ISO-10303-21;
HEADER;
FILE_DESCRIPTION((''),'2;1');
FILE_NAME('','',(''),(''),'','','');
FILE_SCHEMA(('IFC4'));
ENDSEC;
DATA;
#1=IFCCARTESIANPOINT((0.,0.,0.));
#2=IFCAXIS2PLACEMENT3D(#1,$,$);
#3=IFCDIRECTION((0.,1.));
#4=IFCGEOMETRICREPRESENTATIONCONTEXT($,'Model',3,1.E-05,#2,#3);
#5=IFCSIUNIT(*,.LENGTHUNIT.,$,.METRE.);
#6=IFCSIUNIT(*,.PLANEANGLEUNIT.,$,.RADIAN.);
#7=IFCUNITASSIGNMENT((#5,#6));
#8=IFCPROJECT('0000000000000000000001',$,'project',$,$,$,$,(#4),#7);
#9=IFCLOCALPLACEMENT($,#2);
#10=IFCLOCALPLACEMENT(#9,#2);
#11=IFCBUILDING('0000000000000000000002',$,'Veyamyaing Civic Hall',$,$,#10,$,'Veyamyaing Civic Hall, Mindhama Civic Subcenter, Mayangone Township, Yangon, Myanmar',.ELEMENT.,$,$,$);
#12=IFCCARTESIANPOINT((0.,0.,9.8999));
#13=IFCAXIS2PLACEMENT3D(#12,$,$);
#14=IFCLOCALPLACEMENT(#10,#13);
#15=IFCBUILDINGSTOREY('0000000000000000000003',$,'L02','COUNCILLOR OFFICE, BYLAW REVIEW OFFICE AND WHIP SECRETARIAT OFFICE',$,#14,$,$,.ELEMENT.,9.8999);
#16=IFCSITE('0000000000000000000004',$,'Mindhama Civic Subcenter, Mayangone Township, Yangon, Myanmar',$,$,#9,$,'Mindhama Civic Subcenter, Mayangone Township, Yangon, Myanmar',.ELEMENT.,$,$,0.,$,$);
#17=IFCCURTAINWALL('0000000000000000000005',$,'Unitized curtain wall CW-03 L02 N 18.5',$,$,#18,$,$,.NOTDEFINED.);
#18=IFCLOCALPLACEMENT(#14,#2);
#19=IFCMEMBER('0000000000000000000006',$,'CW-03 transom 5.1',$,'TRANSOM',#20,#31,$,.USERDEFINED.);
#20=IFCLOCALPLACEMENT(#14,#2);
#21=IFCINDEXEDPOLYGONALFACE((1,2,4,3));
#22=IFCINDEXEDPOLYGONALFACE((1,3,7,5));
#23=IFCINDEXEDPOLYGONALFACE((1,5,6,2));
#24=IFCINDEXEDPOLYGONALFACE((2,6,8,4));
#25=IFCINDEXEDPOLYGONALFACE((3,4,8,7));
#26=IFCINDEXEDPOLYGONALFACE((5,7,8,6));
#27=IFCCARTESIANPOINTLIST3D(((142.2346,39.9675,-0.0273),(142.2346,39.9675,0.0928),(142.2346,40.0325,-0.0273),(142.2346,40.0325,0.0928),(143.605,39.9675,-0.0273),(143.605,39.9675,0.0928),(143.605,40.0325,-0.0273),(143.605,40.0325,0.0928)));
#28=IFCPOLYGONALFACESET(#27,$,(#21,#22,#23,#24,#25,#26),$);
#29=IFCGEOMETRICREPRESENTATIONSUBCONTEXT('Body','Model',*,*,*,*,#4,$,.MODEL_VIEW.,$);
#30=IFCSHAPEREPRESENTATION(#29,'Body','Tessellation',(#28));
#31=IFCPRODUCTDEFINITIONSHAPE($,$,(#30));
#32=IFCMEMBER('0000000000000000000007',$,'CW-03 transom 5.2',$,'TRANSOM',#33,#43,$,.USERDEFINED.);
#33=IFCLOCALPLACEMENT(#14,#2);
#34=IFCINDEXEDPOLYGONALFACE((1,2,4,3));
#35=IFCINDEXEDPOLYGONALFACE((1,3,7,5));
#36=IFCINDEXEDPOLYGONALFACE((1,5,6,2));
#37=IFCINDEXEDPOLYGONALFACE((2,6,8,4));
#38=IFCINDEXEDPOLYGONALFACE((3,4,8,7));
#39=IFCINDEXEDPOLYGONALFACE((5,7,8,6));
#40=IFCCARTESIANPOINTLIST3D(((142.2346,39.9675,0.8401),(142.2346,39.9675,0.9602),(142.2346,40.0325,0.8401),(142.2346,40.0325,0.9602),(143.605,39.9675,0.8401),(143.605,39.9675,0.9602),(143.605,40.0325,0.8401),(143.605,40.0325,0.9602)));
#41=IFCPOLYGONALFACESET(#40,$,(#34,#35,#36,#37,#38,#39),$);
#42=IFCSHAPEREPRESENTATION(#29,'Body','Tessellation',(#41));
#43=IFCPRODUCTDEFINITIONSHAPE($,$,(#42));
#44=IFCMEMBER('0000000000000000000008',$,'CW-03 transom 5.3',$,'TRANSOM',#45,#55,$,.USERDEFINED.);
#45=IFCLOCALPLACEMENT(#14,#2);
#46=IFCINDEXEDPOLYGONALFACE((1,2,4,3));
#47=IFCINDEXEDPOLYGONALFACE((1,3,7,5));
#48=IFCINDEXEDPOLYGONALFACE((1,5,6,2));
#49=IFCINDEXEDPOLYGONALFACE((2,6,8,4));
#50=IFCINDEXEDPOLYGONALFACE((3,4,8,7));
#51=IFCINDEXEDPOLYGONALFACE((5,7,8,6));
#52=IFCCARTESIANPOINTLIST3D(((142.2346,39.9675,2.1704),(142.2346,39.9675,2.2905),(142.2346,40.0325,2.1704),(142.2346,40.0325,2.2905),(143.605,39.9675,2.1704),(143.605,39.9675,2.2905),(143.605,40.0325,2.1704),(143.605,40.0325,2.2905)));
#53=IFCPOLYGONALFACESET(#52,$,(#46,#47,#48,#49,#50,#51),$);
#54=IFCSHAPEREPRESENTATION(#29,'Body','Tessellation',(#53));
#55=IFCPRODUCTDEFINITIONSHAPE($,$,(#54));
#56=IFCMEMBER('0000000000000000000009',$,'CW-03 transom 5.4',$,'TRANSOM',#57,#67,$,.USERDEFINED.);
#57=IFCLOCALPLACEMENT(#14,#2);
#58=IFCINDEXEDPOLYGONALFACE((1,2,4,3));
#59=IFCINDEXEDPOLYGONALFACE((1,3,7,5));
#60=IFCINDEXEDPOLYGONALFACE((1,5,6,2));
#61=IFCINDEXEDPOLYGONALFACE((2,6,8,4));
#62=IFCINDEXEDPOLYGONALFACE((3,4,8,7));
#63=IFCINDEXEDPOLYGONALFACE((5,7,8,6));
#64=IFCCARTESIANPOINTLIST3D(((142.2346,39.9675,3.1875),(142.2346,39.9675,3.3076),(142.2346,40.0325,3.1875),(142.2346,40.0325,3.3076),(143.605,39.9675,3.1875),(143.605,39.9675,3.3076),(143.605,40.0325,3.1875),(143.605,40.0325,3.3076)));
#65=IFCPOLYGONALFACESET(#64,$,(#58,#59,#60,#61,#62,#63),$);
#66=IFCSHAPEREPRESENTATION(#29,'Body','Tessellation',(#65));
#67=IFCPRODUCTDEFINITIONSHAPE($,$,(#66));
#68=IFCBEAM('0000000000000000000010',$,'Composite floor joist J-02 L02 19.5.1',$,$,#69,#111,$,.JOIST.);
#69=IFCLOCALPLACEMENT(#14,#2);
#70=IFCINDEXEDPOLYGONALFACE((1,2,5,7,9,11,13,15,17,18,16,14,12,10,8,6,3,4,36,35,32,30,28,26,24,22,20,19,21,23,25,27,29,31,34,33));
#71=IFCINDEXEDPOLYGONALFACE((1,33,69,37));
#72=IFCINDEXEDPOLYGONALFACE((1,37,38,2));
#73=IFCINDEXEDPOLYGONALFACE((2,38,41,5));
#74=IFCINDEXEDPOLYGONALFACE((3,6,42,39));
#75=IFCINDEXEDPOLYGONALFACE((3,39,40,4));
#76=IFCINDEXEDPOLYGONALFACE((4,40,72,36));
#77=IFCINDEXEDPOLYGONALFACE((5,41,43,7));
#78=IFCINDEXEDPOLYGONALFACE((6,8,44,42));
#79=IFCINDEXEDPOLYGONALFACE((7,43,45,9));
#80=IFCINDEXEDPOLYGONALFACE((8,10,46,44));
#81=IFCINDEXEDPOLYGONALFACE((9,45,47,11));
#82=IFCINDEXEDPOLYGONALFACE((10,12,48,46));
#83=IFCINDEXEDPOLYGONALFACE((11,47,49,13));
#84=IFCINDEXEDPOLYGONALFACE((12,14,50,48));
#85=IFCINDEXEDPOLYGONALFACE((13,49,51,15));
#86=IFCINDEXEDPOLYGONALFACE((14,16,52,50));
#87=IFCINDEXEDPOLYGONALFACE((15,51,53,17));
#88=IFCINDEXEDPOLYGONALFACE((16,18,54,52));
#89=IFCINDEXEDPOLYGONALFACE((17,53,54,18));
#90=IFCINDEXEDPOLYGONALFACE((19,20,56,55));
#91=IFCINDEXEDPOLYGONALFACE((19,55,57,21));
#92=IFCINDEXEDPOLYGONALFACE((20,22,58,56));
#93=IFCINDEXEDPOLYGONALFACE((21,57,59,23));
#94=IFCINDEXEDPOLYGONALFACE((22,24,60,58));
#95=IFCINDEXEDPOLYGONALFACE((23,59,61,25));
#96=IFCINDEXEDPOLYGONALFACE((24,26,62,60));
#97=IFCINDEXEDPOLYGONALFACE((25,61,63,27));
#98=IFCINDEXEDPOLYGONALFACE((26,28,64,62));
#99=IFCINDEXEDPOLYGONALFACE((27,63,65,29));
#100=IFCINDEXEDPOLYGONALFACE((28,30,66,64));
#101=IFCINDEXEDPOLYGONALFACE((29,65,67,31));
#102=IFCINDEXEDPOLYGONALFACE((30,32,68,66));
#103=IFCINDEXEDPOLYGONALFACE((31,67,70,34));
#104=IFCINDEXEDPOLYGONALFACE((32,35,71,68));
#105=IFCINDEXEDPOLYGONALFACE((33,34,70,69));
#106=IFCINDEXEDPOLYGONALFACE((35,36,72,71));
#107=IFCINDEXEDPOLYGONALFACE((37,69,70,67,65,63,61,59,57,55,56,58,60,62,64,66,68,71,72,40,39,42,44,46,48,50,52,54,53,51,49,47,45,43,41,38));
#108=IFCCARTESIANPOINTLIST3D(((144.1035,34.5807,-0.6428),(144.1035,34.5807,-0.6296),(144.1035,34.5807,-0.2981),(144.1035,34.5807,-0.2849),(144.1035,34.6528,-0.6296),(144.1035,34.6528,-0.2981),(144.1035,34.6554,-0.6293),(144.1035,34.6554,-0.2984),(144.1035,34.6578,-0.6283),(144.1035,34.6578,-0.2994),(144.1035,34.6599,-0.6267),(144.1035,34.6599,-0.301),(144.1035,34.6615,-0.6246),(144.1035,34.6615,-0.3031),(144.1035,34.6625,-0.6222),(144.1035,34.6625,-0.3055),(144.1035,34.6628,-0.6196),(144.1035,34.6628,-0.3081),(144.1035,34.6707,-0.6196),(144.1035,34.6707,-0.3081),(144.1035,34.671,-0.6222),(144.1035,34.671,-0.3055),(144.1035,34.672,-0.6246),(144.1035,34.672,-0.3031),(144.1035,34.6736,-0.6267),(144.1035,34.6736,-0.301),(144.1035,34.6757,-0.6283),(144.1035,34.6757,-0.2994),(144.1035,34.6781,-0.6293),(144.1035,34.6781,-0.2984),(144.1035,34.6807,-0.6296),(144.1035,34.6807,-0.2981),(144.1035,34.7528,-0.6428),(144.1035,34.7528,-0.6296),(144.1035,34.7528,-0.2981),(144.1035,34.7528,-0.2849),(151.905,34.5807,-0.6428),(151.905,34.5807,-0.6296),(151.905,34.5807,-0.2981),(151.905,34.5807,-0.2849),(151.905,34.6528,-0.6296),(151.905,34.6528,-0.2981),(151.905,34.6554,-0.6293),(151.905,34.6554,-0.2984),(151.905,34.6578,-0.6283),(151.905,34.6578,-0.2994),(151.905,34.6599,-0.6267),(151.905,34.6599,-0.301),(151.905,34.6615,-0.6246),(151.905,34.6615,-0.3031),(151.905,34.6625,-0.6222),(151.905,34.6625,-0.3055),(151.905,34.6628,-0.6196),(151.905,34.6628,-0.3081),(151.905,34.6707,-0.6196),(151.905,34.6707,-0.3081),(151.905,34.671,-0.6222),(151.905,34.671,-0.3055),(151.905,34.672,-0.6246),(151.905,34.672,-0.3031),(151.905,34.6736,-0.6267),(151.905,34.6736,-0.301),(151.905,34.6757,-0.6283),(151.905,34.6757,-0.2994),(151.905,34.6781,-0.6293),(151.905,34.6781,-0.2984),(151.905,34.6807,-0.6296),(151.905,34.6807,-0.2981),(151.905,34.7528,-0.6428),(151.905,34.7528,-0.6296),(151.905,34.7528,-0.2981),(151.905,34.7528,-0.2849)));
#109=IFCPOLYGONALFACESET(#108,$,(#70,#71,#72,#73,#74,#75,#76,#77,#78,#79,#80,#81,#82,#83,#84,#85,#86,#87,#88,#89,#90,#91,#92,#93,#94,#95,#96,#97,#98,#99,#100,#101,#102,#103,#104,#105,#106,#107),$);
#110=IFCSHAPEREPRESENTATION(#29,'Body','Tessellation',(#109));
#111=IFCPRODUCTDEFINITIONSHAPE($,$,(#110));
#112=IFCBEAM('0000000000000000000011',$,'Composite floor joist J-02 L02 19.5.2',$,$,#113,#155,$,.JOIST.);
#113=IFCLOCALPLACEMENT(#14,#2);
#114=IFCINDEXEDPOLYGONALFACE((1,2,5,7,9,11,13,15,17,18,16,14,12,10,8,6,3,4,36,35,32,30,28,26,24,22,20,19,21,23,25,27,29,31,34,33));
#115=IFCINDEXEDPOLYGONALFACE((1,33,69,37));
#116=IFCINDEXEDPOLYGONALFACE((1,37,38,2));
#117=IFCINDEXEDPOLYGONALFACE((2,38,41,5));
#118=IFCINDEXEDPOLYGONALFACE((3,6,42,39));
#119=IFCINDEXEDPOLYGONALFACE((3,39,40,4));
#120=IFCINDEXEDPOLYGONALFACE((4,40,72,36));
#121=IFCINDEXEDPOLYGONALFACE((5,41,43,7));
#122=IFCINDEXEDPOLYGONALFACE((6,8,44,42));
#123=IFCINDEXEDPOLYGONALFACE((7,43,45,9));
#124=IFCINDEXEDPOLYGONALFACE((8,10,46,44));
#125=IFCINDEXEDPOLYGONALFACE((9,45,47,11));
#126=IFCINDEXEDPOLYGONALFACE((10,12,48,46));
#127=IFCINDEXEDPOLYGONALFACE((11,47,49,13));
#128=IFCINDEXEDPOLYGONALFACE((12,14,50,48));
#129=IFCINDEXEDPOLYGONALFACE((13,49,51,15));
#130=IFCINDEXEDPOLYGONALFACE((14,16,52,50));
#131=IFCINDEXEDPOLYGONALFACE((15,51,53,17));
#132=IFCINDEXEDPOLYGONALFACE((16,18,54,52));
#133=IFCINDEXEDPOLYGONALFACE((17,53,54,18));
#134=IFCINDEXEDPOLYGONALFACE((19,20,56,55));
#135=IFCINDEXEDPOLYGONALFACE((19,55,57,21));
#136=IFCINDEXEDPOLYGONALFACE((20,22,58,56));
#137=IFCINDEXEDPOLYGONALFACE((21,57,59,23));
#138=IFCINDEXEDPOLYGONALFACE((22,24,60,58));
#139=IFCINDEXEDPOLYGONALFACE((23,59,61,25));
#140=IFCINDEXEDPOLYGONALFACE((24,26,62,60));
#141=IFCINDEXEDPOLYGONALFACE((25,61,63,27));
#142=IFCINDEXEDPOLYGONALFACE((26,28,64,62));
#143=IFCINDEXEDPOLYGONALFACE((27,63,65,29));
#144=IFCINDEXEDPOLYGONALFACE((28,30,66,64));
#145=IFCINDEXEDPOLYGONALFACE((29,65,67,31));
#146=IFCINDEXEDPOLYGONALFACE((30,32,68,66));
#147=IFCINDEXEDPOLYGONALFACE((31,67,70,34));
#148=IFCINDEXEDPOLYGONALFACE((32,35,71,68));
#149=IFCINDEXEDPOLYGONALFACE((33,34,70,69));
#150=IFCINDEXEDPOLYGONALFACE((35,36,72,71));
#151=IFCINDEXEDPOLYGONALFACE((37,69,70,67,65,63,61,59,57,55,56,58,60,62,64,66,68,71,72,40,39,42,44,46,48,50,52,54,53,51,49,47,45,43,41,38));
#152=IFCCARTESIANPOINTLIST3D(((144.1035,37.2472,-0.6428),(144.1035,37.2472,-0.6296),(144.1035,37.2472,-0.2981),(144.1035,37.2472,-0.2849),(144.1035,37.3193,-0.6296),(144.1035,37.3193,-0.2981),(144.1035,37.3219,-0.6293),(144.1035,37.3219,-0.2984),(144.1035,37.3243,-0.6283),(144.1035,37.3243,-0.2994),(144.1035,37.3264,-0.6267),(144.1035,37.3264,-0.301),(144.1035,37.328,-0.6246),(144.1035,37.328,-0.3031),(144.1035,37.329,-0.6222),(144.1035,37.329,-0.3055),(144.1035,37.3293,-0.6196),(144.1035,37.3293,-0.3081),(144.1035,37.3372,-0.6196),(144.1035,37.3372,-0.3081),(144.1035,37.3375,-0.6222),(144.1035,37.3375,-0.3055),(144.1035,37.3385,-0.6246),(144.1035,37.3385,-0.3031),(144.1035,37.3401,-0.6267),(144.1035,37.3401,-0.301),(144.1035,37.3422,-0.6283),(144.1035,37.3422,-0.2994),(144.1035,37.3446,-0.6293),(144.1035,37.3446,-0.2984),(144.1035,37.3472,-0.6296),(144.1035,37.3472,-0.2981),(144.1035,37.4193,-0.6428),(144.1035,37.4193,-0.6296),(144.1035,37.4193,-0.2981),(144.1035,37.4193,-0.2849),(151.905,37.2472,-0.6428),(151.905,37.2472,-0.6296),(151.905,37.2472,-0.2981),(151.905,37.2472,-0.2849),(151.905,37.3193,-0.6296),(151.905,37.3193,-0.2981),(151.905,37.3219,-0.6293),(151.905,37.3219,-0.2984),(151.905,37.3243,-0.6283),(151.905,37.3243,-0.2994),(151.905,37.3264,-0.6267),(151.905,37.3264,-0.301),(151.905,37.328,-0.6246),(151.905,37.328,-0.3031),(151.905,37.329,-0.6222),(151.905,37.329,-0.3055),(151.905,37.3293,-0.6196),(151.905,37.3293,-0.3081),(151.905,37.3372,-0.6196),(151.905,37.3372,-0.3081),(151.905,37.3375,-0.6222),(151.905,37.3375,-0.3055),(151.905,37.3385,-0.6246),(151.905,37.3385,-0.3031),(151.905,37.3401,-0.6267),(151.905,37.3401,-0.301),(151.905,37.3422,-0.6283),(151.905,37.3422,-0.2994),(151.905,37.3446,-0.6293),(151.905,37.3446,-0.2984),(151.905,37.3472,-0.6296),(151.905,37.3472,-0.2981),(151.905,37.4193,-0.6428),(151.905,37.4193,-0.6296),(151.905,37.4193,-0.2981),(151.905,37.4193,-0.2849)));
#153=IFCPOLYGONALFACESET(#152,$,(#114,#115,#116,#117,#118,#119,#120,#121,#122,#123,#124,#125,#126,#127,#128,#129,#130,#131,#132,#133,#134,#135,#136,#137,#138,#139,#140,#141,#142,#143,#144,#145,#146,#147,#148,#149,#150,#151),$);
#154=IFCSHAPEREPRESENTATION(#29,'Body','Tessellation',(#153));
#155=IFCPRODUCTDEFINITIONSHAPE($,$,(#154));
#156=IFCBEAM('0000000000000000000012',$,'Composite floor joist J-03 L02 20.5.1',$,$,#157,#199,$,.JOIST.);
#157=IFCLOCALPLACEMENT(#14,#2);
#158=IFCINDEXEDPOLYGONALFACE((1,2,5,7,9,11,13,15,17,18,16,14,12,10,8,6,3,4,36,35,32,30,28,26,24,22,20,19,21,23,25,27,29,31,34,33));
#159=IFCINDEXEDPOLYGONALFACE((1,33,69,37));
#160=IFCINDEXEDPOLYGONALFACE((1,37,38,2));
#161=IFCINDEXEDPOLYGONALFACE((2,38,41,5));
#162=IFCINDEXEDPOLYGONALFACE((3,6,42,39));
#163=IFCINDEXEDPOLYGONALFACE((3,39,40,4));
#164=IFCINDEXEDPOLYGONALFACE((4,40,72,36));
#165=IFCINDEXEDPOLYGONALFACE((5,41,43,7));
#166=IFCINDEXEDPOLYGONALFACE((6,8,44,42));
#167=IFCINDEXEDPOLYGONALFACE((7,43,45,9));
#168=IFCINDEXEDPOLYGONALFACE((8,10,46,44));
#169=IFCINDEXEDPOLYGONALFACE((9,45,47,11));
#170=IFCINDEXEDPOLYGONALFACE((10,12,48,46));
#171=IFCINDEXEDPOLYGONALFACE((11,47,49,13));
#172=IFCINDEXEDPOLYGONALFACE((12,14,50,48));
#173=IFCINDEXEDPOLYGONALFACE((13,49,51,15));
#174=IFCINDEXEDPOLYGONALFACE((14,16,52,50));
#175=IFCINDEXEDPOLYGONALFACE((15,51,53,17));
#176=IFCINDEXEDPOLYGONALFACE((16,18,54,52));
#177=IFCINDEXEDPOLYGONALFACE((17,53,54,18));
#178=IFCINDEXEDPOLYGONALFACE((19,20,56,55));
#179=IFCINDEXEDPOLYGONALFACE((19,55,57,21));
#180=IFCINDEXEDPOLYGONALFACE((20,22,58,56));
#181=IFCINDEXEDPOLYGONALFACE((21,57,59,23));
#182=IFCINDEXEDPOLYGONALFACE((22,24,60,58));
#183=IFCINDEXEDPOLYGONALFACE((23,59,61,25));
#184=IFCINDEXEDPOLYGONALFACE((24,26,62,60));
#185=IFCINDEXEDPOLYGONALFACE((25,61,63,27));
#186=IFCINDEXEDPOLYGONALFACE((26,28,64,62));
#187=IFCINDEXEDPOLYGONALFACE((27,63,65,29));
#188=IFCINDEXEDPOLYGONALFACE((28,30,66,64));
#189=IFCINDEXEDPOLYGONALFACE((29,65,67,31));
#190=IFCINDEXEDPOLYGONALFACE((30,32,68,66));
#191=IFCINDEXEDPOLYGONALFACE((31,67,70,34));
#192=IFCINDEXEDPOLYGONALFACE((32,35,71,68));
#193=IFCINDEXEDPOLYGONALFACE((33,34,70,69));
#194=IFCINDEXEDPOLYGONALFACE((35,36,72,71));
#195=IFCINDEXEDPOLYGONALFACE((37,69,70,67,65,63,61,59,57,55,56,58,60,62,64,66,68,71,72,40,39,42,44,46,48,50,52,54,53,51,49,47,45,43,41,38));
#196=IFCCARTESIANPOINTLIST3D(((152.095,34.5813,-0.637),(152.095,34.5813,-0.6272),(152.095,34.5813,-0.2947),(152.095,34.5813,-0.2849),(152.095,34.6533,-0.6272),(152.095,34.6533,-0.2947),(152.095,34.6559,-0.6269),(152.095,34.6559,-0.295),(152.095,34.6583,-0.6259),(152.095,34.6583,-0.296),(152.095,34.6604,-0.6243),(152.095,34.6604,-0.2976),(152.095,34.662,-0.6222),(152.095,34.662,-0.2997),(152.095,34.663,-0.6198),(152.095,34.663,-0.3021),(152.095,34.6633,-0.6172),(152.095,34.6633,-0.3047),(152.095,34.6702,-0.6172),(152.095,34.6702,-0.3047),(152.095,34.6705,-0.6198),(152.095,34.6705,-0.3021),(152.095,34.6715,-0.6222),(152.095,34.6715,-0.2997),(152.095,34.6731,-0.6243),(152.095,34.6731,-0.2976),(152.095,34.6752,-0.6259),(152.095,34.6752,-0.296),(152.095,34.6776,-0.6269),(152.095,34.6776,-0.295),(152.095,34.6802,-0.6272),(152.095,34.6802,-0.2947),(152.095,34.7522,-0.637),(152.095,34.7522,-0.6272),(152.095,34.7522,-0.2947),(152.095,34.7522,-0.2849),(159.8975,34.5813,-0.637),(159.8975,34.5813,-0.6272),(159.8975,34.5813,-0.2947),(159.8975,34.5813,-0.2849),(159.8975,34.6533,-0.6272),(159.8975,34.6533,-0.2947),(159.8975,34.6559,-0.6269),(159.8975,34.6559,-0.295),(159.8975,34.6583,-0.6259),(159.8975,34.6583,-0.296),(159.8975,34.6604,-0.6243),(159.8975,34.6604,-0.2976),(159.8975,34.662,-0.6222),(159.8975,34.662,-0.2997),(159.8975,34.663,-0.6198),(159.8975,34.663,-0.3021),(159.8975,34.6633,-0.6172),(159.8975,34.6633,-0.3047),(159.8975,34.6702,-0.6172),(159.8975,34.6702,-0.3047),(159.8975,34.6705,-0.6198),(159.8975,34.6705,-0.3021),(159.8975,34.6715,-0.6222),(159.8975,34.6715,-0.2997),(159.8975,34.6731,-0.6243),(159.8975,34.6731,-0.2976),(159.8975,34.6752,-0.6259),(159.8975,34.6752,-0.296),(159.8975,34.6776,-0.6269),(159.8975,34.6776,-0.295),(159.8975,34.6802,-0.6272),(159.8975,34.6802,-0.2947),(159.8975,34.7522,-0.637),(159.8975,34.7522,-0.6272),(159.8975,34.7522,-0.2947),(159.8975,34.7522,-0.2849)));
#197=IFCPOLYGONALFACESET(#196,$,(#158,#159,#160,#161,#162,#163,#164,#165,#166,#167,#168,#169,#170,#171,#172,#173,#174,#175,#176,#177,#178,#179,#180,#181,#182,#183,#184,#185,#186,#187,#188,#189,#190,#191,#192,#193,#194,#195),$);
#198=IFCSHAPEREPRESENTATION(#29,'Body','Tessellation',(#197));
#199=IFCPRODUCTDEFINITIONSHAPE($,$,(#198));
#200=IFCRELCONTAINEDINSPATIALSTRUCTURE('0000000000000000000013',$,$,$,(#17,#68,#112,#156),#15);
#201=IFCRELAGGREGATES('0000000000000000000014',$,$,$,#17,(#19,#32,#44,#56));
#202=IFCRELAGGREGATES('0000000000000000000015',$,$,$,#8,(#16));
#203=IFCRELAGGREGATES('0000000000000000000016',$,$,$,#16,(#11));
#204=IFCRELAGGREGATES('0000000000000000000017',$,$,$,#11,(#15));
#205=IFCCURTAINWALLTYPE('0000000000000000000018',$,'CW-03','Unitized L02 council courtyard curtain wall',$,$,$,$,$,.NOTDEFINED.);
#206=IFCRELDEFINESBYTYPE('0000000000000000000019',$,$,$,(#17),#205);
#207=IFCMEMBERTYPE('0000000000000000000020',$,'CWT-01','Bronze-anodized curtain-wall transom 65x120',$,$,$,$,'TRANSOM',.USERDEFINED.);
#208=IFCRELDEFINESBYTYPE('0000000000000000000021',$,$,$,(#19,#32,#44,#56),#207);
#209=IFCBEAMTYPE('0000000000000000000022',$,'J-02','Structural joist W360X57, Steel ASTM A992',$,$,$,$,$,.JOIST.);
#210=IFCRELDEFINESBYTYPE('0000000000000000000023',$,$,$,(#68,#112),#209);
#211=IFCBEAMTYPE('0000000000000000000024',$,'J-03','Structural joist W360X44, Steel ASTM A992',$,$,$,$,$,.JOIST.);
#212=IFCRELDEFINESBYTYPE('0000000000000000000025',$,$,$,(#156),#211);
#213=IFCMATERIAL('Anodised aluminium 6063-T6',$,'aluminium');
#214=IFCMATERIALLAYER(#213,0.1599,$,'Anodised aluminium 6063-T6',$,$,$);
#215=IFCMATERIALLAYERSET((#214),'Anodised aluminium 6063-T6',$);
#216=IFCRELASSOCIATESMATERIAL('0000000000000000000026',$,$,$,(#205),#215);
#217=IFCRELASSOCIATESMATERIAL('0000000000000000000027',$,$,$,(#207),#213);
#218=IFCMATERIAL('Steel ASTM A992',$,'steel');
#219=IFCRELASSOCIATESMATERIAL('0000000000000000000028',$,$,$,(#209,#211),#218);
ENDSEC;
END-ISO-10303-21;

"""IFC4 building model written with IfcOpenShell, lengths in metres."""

from ifc_helpers import new_model, si_unit, direction, frame, origin, origin_2d, place, context, subcontext, project, spatial, rectangle, i_section, extrude, material, layer, layer_set, material_profile, profile_set, type_object, element, aggregate, save


model = new_model("IFC4")

# Units and contexts
model_context = context("Model", 3, precision=1e-05, world=origin(), true_north=direction((0.0, 1.0)))
body_context = subcontext(model_context, "Body", "Model", "MODEL_VIEW")
ifc_project = project(units=[si_unit("LENGTHUNIT", "METRE"), si_unit("PLANEANGLEUNIT", "RADIAN")], contexts=[model_context])

# Site, building, storey
site_placement = place(None, origin())
site = spatial("IfcSite", under=ifc_project, at=site_placement, Name="Mindhama Civic Subcenter, Mayangone Township, Yangon, Myanmar", LongName="Mindhama Civic Subcenter, Mayangone Township, Yangon, Myanmar", CompositionType="ELEMENT", RefElevation=0.0)
building_placement = place(site_placement, origin())
building = spatial("IfcBuilding", under=site, at=building_placement, Name="Veyamyaing Civic Hall", LongName="Veyamyaing Civic Hall, Mindhama Civic Subcenter, Mayangone Township, Yangon, Myanmar", CompositionType="ELEMENT")
storey_placement = place(building_placement, frame((0.0, 0.0, 9.8999)))
storey = spatial("IfcBuildingStorey", under=building, at=storey_placement, Name="L02", Description="COUNCILLOR OFFICE, BYLAW REVIEW OFFICE AND WHIP SECRETARIAT OFFICE", CompositionType="ELEMENT", Elevation=9.8999)

# Shared definitions
ifc_material_1 = material(Name="Steel ASTM A992", Category="steel")

# Curtain wall, members
ifc_material_2 = material(Name="Anodised aluminium 6063-T6", Category="aluminium")
ifc_layer_1 = layer(ifc_material_2, 0.1599, Name="Anodised aluminium 6063-T6")
ifc_layer_set_1 = layer_set([ifc_layer_1], Name="Anodised aluminium 6063-T6")
curtain_wall_type = type_object("IfcCurtainWallType", Name="CW-03", Description="Unitized L02 council courtyard curtain wall", PredefinedType="NOTDEFINED", material=ifc_layer_set_1)
curtain_wall_placement = place(storey_placement, origin())
curtain_wall = element("IfcCurtainWall", 1, at=curtain_wall_placement, inside=storey, type_object=curtain_wall_type, Name="Unitized curtain wall CW-03 L02 N 18.5", PredefinedType="NOTDEFINED")
ifc_material_profile_1 = material_profile(ifc_material_2, rectangle(XDim=0.0649, YDim=0.1201, at=origin_2d()), Name="ALU-TRN-65X120")
ifc_profile_set_1 = profile_set([ifc_material_profile_1], Name="Anodised aluminium 6063-T6")
member_type_1 = type_object("IfcMemberType", Name="CWT-01", Description="Bronze-anodized curtain-wall transom 65x120", ElementType="TRANSOM", PredefinedType="USERDEFINED", material=ifc_profile_set_1)
member_1_placement = place(storey_placement, frame((142.2346, 40.0, 0.0327), z_axis=(1.0, 0.0, 0.0), x_axis=(0.0, 1.0, 0.0)))
member_1 = element("IfcMember", 2, at=member_1_placement, type_object=member_type_1, Name="CW-03 transom 5.1", ObjectType="TRANSOM", PredefinedType="USERDEFINED", context=body_context, shape_type="SweptSolid", body=[
    extrude(rectangle(XDim=0.0649, YDim=0.1201, at=origin_2d()), origin(), (0.0, 0.0, 1.0), 1.3704),
])
member_2_placement = place(storey_placement, frame((142.2346, 40.0, 0.9001), z_axis=(1.0, 0.0, 0.0), x_axis=(0.0, 1.0, 0.0)))
member_2 = element("IfcMember", 3, at=member_2_placement, type_object=member_type_1, Name="CW-03 transom 5.2", ObjectType="TRANSOM", PredefinedType="USERDEFINED", context=body_context, shape_type="SweptSolid", body=[
    extrude(rectangle(XDim=0.0649, YDim=0.1201, at=origin_2d()), origin(), (0.0, 0.0, 1.0), 1.3704),
])
member_3_placement = place(storey_placement, frame((142.2346, 40.0, 2.2305), z_axis=(1.0, 0.0, 0.0), x_axis=(0.0, 1.0, 0.0)))
member_3 = element("IfcMember", 4, at=member_3_placement, type_object=member_type_1, Name="CW-03 transom 5.3", ObjectType="TRANSOM", PredefinedType="USERDEFINED", context=body_context, shape_type="SweptSolid", body=[
    extrude(rectangle(XDim=0.0649, YDim=0.1201, at=origin_2d()), origin(), (0.0, 0.0, 1.0), 1.3704),
])
member_4_placement = place(storey_placement, frame((142.2346, 40.0, 3.2476), z_axis=(1.0, 0.0, 0.0), x_axis=(0.0, 1.0, 0.0)))
member_4 = element("IfcMember", 5, at=member_4_placement, type_object=member_type_1, Name="CW-03 transom 5.4", ObjectType="TRANSOM", PredefinedType="USERDEFINED", context=body_context, shape_type="SweptSolid", body=[
    extrude(rectangle(XDim=0.0649, YDim=0.1201, at=origin_2d()), origin(), (0.0, 0.0, 1.0), 1.3704),
])

# Beams
ifc_material_profile_2 = material_profile(ifc_material_1, i_section(OverallWidth=0.1721, OverallDepth=0.3579, WebThickness=0.0078, FlangeThickness=0.0132, FilletRadius=0.01, at=origin_2d()), Name="W360X57")
ifc_profile_set_2 = profile_set([ifc_material_profile_2], Name="Steel ASTM A992")
beam_type_1 = type_object("IfcBeamType", Name="J-02", Description="Structural joist W360X57, Steel ASTM A992", PredefinedType="JOIST", material=ifc_profile_set_2)
for number, where, z_axis, x_axis, name in (
    (6, (144.1035, 34.6667, -0.4639), (1.0, 0.0, 0.0), (0.0, 1.0, 0.0), "Composite floor joist J-02 L02 19.5.1"),
    (7, (144.1035, 37.3333, -0.4639), (1.0, 0.0, 0.0), (0.0, 1.0, 0.0), "Composite floor joist J-02 L02 19.5.2"),
):
    element("IfcBeam", number, at=place(storey_placement, frame(where, z_axis=z_axis, x_axis=x_axis)), inside=storey, type_object=beam_type_1, Name=name, PredefinedType="JOIST", context=body_context, shape_type="SweptSolid", body=[
        extrude(i_section(OverallWidth=0.1721, OverallDepth=0.3579, WebThickness=0.0078, FlangeThickness=0.0132, FilletRadius=0.01, at=origin_2d()), origin(), (0.0, 0.0, 1.0), 7.8015),
    ])
ifc_material_profile_3 = material_profile(ifc_material_1, i_section(OverallWidth=0.1709, OverallDepth=0.3521, WebThickness=0.0068, FlangeThickness=0.0098, FilletRadius=0.01, at=origin_2d()), Name="W360X44")
ifc_profile_set_3 = profile_set([ifc_material_profile_3], Name="Steel ASTM A992")
beam_type_2 = type_object("IfcBeamType", Name="J-03", Description="Structural joist W360X44, Steel ASTM A992", PredefinedType="JOIST", material=ifc_profile_set_3)
for number, where, z_axis, x_axis, name in (
    (8, (152.095, 34.6667, -0.4609), (1.0, 0.0, 0.0), (0.0, 1.0, 0.0), "Composite floor joist J-03 L02 20.5.1"),
):
    element("IfcBeam", number, at=place(storey_placement, frame(where, z_axis=z_axis, x_axis=x_axis)), inside=storey, type_object=beam_type_2, Name=name, PredefinedType="JOIST", context=body_context, shape_type="SweptSolid", body=[
        extrude(i_section(OverallWidth=0.1709, OverallDepth=0.3521, WebThickness=0.0068, FlangeThickness=0.0098, FilletRadius=0.01, at=origin_2d()), origin(), (0.0, 0.0, 1.0), 7.8025),
    ])

aggregate(curtain_wall, [member_1, member_2, member_3, member_4])

save(model, "model.ifc")
